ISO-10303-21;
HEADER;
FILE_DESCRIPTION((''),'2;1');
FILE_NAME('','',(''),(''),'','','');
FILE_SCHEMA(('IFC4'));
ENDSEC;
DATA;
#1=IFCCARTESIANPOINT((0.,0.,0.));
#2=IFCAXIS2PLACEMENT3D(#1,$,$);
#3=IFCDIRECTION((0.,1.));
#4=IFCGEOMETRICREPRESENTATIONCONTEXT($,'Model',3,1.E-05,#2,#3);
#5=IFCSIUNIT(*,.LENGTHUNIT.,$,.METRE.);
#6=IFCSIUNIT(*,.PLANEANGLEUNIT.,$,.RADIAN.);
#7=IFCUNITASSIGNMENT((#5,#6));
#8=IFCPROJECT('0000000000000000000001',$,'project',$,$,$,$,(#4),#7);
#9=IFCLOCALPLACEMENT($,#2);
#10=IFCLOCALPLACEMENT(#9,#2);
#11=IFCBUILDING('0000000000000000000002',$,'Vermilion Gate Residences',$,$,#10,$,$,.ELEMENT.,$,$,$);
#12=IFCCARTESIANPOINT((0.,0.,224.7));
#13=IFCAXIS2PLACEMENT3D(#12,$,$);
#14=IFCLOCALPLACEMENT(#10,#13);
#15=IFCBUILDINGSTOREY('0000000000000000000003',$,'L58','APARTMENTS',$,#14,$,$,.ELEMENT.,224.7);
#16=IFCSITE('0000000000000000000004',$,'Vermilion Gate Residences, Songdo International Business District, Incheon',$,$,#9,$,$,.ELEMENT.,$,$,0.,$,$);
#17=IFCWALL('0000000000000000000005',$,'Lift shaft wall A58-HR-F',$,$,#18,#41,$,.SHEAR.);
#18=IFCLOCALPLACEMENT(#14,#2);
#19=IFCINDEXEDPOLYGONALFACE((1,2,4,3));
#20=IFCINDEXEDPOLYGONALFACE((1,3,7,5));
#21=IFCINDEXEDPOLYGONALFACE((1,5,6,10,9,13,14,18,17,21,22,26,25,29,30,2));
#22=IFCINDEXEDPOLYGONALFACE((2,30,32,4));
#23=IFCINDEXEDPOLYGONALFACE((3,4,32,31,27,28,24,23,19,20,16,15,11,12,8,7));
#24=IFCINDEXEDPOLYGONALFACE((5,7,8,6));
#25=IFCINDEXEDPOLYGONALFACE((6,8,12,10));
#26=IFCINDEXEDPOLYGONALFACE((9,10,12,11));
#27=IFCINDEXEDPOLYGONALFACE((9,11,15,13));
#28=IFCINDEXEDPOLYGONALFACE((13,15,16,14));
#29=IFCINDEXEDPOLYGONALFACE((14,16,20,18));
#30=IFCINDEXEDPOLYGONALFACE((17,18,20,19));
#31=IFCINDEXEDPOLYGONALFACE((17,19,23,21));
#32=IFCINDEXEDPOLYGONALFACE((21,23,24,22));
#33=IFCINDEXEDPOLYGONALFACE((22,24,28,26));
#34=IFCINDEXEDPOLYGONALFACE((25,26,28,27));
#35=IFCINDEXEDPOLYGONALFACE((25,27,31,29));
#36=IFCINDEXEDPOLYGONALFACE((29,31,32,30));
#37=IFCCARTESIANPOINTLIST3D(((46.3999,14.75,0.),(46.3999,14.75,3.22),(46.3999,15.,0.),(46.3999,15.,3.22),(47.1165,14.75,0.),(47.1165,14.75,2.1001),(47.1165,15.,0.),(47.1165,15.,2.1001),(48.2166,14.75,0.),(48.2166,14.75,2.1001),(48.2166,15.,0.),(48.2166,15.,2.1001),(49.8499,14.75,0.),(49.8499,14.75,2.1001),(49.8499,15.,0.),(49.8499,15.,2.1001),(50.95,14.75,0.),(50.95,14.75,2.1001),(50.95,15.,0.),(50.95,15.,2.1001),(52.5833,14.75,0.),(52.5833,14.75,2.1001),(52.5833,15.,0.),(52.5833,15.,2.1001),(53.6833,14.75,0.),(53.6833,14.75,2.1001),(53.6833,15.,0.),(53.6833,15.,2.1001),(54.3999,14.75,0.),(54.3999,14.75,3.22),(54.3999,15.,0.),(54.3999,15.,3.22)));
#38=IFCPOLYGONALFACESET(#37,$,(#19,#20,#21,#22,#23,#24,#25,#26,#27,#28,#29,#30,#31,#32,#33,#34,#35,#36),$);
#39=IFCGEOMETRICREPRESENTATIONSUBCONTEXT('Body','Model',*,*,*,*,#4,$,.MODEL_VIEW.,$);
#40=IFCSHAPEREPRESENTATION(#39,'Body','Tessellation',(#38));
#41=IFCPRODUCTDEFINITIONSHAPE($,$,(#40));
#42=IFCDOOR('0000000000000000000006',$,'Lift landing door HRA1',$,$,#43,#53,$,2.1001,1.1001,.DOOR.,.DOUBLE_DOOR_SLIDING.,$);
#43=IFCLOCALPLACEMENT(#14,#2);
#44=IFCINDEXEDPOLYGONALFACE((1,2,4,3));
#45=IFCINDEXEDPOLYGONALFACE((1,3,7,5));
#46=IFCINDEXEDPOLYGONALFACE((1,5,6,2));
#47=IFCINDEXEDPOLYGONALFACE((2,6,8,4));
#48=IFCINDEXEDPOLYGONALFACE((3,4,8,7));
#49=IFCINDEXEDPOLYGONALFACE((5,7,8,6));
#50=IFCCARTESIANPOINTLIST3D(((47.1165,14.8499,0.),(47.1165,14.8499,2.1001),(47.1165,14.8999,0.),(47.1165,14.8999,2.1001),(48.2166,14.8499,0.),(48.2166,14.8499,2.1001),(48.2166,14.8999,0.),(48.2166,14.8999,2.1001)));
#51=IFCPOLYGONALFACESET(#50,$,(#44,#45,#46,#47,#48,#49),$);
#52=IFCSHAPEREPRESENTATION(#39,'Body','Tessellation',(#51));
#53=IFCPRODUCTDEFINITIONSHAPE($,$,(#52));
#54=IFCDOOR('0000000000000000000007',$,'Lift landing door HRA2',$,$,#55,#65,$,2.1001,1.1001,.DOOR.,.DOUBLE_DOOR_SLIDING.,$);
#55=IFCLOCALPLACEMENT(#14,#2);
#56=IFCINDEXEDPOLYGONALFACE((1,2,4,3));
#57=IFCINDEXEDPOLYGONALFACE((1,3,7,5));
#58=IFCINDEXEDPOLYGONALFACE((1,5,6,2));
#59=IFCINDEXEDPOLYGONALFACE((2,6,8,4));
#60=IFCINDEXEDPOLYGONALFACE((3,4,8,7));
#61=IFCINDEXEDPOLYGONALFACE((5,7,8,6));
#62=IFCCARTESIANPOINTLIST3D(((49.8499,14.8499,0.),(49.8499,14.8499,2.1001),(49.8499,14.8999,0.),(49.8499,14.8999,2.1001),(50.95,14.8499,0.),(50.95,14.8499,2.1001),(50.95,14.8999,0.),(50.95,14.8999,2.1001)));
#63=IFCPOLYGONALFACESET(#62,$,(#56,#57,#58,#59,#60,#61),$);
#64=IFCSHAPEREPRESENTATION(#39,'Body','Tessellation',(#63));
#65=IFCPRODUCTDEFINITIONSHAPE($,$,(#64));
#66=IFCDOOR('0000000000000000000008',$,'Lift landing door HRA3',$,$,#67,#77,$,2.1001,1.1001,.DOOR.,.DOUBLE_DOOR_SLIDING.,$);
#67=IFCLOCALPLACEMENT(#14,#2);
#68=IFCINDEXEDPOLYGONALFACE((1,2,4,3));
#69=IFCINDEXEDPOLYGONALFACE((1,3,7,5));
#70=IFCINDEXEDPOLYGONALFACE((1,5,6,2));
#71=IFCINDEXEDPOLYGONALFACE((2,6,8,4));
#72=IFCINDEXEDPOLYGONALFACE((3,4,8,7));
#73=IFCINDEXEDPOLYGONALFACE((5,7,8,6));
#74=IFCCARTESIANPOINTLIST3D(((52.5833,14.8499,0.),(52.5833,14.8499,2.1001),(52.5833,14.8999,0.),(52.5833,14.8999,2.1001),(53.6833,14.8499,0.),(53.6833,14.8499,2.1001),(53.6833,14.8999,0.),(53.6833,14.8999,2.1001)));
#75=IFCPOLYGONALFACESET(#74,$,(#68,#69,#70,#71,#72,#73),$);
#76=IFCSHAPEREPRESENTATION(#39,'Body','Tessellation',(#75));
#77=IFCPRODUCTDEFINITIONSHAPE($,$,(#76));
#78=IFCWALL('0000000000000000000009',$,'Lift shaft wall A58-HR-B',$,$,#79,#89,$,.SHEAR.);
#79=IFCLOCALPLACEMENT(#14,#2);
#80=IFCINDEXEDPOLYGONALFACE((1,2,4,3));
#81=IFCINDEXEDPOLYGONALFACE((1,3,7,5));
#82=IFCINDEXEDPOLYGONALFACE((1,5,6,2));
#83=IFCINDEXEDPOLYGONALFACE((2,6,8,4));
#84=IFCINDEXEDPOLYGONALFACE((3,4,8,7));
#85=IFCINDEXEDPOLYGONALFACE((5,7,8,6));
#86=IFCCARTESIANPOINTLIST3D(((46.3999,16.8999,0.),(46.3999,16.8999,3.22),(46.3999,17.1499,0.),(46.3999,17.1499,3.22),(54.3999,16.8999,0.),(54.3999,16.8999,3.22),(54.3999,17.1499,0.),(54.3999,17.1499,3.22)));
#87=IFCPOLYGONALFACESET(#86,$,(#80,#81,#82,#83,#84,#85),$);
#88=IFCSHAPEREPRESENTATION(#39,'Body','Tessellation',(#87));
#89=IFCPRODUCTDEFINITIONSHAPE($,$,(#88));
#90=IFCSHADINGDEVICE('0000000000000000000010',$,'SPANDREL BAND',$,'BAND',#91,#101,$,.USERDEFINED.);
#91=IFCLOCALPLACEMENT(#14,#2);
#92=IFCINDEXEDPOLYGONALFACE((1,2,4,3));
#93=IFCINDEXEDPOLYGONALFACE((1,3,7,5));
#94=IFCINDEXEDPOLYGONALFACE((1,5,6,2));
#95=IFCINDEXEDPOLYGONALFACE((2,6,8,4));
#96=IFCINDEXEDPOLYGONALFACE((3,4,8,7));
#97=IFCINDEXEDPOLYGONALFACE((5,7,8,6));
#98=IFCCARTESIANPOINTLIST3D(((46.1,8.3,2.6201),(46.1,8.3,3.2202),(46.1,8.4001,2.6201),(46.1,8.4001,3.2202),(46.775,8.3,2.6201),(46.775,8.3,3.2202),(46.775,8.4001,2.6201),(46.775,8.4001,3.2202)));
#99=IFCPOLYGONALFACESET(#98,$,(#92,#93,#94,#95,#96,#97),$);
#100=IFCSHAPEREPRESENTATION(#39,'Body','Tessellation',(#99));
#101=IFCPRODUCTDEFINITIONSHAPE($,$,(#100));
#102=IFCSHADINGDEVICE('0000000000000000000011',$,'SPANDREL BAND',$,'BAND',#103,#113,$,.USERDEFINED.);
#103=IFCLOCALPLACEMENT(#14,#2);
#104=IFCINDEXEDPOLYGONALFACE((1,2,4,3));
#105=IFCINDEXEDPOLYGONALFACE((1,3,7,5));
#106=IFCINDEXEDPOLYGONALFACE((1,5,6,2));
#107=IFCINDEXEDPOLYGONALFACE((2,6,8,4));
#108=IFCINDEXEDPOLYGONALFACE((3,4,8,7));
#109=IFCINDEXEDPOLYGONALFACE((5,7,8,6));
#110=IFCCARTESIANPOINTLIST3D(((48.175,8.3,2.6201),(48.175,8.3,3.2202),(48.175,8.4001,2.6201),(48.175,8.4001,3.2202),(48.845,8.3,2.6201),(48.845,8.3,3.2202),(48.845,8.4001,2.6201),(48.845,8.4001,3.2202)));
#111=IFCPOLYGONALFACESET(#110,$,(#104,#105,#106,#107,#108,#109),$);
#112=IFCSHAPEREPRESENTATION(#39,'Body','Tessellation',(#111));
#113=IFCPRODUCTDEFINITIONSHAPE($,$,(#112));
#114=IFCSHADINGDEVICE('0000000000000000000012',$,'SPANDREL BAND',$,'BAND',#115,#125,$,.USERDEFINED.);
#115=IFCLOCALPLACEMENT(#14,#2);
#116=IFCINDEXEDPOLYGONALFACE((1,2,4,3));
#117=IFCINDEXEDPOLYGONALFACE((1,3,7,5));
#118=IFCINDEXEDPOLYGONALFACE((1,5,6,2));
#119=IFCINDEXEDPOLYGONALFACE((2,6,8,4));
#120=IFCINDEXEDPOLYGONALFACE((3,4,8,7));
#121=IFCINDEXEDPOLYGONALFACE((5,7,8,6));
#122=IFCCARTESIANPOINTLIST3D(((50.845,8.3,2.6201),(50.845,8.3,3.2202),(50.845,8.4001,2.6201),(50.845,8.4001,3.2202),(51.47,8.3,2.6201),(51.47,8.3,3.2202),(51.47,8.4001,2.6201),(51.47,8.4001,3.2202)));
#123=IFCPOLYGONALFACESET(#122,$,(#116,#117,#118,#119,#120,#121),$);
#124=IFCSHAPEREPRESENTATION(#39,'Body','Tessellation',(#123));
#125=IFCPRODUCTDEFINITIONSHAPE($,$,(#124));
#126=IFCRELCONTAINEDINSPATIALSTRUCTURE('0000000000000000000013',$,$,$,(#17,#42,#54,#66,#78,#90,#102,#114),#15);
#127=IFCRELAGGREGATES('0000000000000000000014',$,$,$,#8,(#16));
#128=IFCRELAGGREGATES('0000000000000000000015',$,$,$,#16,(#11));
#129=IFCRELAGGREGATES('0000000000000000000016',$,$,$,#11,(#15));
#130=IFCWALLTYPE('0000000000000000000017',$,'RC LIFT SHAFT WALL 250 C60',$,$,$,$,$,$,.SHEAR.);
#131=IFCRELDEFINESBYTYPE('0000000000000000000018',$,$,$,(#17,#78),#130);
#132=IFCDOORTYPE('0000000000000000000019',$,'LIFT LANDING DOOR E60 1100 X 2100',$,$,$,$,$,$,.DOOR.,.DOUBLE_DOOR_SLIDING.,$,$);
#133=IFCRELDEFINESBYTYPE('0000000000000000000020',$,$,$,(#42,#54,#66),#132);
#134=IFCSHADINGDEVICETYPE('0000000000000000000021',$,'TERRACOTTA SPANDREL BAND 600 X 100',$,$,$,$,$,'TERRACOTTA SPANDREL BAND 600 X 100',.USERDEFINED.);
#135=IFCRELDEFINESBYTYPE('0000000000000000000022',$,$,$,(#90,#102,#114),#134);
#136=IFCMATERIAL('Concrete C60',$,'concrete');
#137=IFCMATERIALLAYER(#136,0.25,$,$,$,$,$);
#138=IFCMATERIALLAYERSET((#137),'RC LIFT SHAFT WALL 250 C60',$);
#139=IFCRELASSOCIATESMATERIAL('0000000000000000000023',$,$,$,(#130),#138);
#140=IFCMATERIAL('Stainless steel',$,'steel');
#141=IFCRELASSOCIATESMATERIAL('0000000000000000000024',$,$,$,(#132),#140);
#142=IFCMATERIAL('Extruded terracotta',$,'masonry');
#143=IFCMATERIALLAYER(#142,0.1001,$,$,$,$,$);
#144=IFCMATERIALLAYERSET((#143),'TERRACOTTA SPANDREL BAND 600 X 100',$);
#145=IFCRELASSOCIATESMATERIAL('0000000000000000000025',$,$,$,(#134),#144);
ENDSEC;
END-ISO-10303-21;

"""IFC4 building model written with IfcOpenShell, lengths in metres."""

from ifc_helpers import new_model, si_unit, direction, frame, frame_2d, origin, origin_2d, place, context, subcontext, project, spatial, rectangle, extrude, material, layer, layer_set, type_object, element, fill, save


model = new_model("IFC4")

# Units and contexts
model_context = context("Model", 3, precision=1e-05, world=origin(), true_north=direction((0.0, 1.0)))
body_context = subcontext(model_context, "Body", "Model", "MODEL_VIEW")
ifc_project = project(units=[si_unit("LENGTHUNIT", "METRE"), si_unit("PLANEANGLEUNIT", "RADIAN")], contexts=[model_context])

# Site, building, storey
site_placement = place(None, origin())
site = spatial("IfcSite", under=ifc_project, at=site_placement, Name="Vermilion Gate Residences, Songdo International Business District, Incheon", CompositionType="ELEMENT", RefElevation=0.0)
building_placement = place(site_placement, origin())
building = spatial("IfcBuilding", under=site, at=building_placement, Name="Vermilion Gate Residences", CompositionType="ELEMENT")
storey_placement = place(building_placement, frame((0.0, 0.0, 224.7)))
storey = spatial("IfcBuildingStorey", under=building, at=storey_placement, Name="L58", Description="APARTMENTS", CompositionType="ELEMENT", Elevation=224.7)

# Wall, openings, doors
ifc_material_1 = material(Name="Concrete C60", Category="concrete")
ifc_layer_1 = layer(ifc_material_1, 0.25)
ifc_layer_set_1 = layer_set([ifc_layer_1], Name="RC LIFT SHAFT WALL 250 C60")
wall_type_1 = type_object("IfcWallType", Name="RC LIFT SHAFT WALL 250 C60", PredefinedType="SHEAR", material=ifc_layer_set_1)
wall_1_placement = place(storey_placement, frame((46.3999, 14.875, 0.0), z_axis=(0.0, 0.0, 1.0), x_axis=(1.0, 0.0, 0.0)))
wall_1 = element("IfcWall", 1, at=wall_1_placement, inside=storey, type_object=wall_type_1, Name="Lift shaft wall A58-HR-F", PredefinedType="SHEAR", context=body_context, shape_type="SweptSolid", body=[
    extrude(rectangle(XDim=8.0, YDim=0.25, at=frame_2d((4.0, 0.0))), origin(), (0.0, 0.0, 1.0), 3.22),
])
opening_1_placement = place(wall_1_placement, frame((0.7166, 0.0, 0.0)))
opening_1 = element("IfcOpeningElement", 2, at=opening_1_placement, cuts=wall_1, PredefinedType="OPENING", context=body_context, shape_type="SweptSolid", body=[
    extrude(rectangle(XDim=1.1001, YDim=2.1001, at=frame_2d((0.55, 1.05))), frame((0.0, 0.135, 0.0), z_axis=(0.0, -1.0, 0.0), x_axis=(1.0, 0.0, 0.0)), (0.0, 0.0, 1.0), 0.27),
])
opening_2_placement = place(wall_1_placement, frame((3.45, 0.0, 0.0)))
opening_2 = element("IfcOpeningElement", 3, at=opening_2_placement, cuts=wall_1, PredefinedType="OPENING", context=body_context, shape_type="SweptSolid", body=[
    extrude(rectangle(XDim=1.1001, YDim=2.1001, at=frame_2d((0.55, 1.05))), frame((0.0, 0.135, 0.0), z_axis=(0.0, -1.0, 0.0), x_axis=(1.0, 0.0, 0.0)), (0.0, 0.0, 1.0), 0.27),
])
opening_3_placement = place(wall_1_placement, frame((6.1833, 0.0, 0.0)))
opening_3 = element("IfcOpeningElement", 4, at=opening_3_placement, cuts=wall_1, PredefinedType="OPENING", context=body_context, shape_type="SweptSolid", body=[
    extrude(rectangle(XDim=1.1001, YDim=2.1001, at=frame_2d((0.55, 1.05))), frame((0.0, 0.135, 0.0), z_axis=(0.0, -1.0, 0.0), x_axis=(1.0, 0.0, 0.0)), (0.0, 0.0, 1.0), 0.27),
])
ifc_material_2 = material(Name="Stainless steel", Category="steel")
door_type_1 = type_object("IfcDoorType", Name="LIFT LANDING DOOR E60 1100 X 2100", OperationType="DOUBLE_DOOR_SLIDING", PredefinedType="DOOR", material=ifc_material_2)
door_1_placement = place(opening_1_placement, origin())
door_1 = element("IfcDoor", 5, at=door_1_placement, inside=storey, type_object=door_type_1, Name="Lift landing door HRA1", OperationType="DOUBLE_DOOR_SLIDING", OverallHeight=2.1001, OverallWidth=1.1001, PredefinedType="DOOR", context=body_context, shape_type="SweptSolid", body=[
    extrude(rectangle(XDim=1.1001, YDim=2.1001, at=frame_2d((0.55, 1.05))), frame((0.0, 0.0249, 0.0), z_axis=(0.0, -1.0, 0.0), x_axis=(1.0, 0.0, 0.0)), (0.0, 0.0, 1.0), 0.05),
])
fill(opening_1, door_1)
door_2_placement = place(opening_2_placement, origin())
door_2 = element("IfcDoor", 6, at=door_2_placement, inside=storey, type_object=door_type_1, Name="Lift landing door HRA2", OperationType="DOUBLE_DOOR_SLIDING", OverallHeight=2.1001, OverallWidth=1.1001, PredefinedType="DOOR", context=body_context, shape_type="SweptSolid", body=[
    extrude(rectangle(XDim=1.1001, YDim=2.1001, at=frame_2d((0.55, 1.05))), frame((0.0, 0.0249, 0.0), z_axis=(0.0, -1.0, 0.0), x_axis=(1.0, 0.0, 0.0)), (0.0, 0.0, 1.0), 0.05),
])
fill(opening_2, door_2)
door_3_placement = place(opening_3_placement, origin())
door_3 = element("IfcDoor", 7, at=door_3_placement, inside=storey, type_object=door_type_1, Name="Lift landing door HRA3", OperationType="DOUBLE_DOOR_SLIDING", OverallHeight=2.1001, OverallWidth=1.1001, PredefinedType="DOOR", context=body_context, shape_type="SweptSolid", body=[
    extrude(rectangle(XDim=1.1001, YDim=2.1001, at=frame_2d((0.55, 1.05))), frame((0.0, 0.0249, 0.0), z_axis=(0.0, -1.0, 0.0), x_axis=(1.0, 0.0, 0.0)), (0.0, 0.0, 1.0), 0.05),
])
fill(opening_3, door_3)

# Wall
wall_2_placement = place(storey_placement, frame((46.3999, 17.0249, 0.0), z_axis=(0.0, 0.0, 1.0), x_axis=(1.0, 0.0, 0.0)))
element("IfcWall", 8, at=wall_2_placement, inside=storey, type_object=wall_type_1, Name="Lift shaft wall A58-HR-B", PredefinedType="SHEAR", context=body_context, shape_type="SweptSolid", body=[
    extrude(rectangle(XDim=8.0, YDim=0.25, at=frame_2d((4.0, 0.0))), origin(), (0.0, 0.0, 1.0), 3.22),
])

# Shading devices
ifc_material_3 = material(Name="Extruded terracotta", Category="masonry")
ifc_layer_2 = layer(ifc_material_3, 0.1001)
ifc_layer_set_2 = layer_set([ifc_layer_2], Name="TERRACOTTA SPANDREL BAND 600 X 100")
shading_device_type = type_object("IfcShadingDeviceType", Name="TERRACOTTA SPANDREL BAND 600 X 100", ElementType="TERRACOTTA SPANDREL BAND 600 X 100", PredefinedType="USERDEFINED", material=ifc_layer_set_2)
shading_device_1_placement = place(storey_placement, frame((46.4375, 8.3501, 2.6201), z_axis=(0.0, 0.0, 1.0), x_axis=(1.0, 0.0, 0.0)))
element("IfcShadingDevice", 9, at=shading_device_1_placement, inside=storey, type_object=shading_device_type, Name="SPANDREL BAND", ObjectType="BAND", PredefinedType="USERDEFINED", context=body_context, shape_type="SweptSolid", body=[
    extrude(rectangle(XDim=0.675, YDim=0.1001, at=origin_2d()), origin(), (0.0, 0.0, 1.0), 0.6001),
])
shading_device_2_placement = place(storey_placement, frame((48.51, 8.3501, 2.6201), z_axis=(0.0, 0.0, 1.0), x_axis=(1.0, 0.0, 0.0)))
element("IfcShadingDevice", 10, at=shading_device_2_placement, inside=storey, type_object=shading_device_type, Name="SPANDREL BAND", ObjectType="BAND", PredefinedType="USERDEFINED", context=body_context, shape_type="SweptSolid", body=[
    extrude(rectangle(XDim=0.6699, YDim=0.1001, at=origin_2d()), origin(), (0.0, 0.0, 1.0), 0.6001),
])
shading_device_3_placement = place(storey_placement, frame((51.1575, 8.3501, 2.6201), z_axis=(0.0, 0.0, 1.0), x_axis=(1.0, 0.0, 0.0)))
element("IfcShadingDevice", 11, at=shading_device_3_placement, inside=storey, type_object=shading_device_type, Name="SPANDREL BAND", ObjectType="BAND", PredefinedType="USERDEFINED", context=body_context, shape_type="SweptSolid", body=[
    extrude(rectangle(XDim=0.625, YDim=0.1001, at=origin_2d()), origin(), (0.0, 0.0, 1.0), 0.6001),
])

save(model, "model.ifc")
